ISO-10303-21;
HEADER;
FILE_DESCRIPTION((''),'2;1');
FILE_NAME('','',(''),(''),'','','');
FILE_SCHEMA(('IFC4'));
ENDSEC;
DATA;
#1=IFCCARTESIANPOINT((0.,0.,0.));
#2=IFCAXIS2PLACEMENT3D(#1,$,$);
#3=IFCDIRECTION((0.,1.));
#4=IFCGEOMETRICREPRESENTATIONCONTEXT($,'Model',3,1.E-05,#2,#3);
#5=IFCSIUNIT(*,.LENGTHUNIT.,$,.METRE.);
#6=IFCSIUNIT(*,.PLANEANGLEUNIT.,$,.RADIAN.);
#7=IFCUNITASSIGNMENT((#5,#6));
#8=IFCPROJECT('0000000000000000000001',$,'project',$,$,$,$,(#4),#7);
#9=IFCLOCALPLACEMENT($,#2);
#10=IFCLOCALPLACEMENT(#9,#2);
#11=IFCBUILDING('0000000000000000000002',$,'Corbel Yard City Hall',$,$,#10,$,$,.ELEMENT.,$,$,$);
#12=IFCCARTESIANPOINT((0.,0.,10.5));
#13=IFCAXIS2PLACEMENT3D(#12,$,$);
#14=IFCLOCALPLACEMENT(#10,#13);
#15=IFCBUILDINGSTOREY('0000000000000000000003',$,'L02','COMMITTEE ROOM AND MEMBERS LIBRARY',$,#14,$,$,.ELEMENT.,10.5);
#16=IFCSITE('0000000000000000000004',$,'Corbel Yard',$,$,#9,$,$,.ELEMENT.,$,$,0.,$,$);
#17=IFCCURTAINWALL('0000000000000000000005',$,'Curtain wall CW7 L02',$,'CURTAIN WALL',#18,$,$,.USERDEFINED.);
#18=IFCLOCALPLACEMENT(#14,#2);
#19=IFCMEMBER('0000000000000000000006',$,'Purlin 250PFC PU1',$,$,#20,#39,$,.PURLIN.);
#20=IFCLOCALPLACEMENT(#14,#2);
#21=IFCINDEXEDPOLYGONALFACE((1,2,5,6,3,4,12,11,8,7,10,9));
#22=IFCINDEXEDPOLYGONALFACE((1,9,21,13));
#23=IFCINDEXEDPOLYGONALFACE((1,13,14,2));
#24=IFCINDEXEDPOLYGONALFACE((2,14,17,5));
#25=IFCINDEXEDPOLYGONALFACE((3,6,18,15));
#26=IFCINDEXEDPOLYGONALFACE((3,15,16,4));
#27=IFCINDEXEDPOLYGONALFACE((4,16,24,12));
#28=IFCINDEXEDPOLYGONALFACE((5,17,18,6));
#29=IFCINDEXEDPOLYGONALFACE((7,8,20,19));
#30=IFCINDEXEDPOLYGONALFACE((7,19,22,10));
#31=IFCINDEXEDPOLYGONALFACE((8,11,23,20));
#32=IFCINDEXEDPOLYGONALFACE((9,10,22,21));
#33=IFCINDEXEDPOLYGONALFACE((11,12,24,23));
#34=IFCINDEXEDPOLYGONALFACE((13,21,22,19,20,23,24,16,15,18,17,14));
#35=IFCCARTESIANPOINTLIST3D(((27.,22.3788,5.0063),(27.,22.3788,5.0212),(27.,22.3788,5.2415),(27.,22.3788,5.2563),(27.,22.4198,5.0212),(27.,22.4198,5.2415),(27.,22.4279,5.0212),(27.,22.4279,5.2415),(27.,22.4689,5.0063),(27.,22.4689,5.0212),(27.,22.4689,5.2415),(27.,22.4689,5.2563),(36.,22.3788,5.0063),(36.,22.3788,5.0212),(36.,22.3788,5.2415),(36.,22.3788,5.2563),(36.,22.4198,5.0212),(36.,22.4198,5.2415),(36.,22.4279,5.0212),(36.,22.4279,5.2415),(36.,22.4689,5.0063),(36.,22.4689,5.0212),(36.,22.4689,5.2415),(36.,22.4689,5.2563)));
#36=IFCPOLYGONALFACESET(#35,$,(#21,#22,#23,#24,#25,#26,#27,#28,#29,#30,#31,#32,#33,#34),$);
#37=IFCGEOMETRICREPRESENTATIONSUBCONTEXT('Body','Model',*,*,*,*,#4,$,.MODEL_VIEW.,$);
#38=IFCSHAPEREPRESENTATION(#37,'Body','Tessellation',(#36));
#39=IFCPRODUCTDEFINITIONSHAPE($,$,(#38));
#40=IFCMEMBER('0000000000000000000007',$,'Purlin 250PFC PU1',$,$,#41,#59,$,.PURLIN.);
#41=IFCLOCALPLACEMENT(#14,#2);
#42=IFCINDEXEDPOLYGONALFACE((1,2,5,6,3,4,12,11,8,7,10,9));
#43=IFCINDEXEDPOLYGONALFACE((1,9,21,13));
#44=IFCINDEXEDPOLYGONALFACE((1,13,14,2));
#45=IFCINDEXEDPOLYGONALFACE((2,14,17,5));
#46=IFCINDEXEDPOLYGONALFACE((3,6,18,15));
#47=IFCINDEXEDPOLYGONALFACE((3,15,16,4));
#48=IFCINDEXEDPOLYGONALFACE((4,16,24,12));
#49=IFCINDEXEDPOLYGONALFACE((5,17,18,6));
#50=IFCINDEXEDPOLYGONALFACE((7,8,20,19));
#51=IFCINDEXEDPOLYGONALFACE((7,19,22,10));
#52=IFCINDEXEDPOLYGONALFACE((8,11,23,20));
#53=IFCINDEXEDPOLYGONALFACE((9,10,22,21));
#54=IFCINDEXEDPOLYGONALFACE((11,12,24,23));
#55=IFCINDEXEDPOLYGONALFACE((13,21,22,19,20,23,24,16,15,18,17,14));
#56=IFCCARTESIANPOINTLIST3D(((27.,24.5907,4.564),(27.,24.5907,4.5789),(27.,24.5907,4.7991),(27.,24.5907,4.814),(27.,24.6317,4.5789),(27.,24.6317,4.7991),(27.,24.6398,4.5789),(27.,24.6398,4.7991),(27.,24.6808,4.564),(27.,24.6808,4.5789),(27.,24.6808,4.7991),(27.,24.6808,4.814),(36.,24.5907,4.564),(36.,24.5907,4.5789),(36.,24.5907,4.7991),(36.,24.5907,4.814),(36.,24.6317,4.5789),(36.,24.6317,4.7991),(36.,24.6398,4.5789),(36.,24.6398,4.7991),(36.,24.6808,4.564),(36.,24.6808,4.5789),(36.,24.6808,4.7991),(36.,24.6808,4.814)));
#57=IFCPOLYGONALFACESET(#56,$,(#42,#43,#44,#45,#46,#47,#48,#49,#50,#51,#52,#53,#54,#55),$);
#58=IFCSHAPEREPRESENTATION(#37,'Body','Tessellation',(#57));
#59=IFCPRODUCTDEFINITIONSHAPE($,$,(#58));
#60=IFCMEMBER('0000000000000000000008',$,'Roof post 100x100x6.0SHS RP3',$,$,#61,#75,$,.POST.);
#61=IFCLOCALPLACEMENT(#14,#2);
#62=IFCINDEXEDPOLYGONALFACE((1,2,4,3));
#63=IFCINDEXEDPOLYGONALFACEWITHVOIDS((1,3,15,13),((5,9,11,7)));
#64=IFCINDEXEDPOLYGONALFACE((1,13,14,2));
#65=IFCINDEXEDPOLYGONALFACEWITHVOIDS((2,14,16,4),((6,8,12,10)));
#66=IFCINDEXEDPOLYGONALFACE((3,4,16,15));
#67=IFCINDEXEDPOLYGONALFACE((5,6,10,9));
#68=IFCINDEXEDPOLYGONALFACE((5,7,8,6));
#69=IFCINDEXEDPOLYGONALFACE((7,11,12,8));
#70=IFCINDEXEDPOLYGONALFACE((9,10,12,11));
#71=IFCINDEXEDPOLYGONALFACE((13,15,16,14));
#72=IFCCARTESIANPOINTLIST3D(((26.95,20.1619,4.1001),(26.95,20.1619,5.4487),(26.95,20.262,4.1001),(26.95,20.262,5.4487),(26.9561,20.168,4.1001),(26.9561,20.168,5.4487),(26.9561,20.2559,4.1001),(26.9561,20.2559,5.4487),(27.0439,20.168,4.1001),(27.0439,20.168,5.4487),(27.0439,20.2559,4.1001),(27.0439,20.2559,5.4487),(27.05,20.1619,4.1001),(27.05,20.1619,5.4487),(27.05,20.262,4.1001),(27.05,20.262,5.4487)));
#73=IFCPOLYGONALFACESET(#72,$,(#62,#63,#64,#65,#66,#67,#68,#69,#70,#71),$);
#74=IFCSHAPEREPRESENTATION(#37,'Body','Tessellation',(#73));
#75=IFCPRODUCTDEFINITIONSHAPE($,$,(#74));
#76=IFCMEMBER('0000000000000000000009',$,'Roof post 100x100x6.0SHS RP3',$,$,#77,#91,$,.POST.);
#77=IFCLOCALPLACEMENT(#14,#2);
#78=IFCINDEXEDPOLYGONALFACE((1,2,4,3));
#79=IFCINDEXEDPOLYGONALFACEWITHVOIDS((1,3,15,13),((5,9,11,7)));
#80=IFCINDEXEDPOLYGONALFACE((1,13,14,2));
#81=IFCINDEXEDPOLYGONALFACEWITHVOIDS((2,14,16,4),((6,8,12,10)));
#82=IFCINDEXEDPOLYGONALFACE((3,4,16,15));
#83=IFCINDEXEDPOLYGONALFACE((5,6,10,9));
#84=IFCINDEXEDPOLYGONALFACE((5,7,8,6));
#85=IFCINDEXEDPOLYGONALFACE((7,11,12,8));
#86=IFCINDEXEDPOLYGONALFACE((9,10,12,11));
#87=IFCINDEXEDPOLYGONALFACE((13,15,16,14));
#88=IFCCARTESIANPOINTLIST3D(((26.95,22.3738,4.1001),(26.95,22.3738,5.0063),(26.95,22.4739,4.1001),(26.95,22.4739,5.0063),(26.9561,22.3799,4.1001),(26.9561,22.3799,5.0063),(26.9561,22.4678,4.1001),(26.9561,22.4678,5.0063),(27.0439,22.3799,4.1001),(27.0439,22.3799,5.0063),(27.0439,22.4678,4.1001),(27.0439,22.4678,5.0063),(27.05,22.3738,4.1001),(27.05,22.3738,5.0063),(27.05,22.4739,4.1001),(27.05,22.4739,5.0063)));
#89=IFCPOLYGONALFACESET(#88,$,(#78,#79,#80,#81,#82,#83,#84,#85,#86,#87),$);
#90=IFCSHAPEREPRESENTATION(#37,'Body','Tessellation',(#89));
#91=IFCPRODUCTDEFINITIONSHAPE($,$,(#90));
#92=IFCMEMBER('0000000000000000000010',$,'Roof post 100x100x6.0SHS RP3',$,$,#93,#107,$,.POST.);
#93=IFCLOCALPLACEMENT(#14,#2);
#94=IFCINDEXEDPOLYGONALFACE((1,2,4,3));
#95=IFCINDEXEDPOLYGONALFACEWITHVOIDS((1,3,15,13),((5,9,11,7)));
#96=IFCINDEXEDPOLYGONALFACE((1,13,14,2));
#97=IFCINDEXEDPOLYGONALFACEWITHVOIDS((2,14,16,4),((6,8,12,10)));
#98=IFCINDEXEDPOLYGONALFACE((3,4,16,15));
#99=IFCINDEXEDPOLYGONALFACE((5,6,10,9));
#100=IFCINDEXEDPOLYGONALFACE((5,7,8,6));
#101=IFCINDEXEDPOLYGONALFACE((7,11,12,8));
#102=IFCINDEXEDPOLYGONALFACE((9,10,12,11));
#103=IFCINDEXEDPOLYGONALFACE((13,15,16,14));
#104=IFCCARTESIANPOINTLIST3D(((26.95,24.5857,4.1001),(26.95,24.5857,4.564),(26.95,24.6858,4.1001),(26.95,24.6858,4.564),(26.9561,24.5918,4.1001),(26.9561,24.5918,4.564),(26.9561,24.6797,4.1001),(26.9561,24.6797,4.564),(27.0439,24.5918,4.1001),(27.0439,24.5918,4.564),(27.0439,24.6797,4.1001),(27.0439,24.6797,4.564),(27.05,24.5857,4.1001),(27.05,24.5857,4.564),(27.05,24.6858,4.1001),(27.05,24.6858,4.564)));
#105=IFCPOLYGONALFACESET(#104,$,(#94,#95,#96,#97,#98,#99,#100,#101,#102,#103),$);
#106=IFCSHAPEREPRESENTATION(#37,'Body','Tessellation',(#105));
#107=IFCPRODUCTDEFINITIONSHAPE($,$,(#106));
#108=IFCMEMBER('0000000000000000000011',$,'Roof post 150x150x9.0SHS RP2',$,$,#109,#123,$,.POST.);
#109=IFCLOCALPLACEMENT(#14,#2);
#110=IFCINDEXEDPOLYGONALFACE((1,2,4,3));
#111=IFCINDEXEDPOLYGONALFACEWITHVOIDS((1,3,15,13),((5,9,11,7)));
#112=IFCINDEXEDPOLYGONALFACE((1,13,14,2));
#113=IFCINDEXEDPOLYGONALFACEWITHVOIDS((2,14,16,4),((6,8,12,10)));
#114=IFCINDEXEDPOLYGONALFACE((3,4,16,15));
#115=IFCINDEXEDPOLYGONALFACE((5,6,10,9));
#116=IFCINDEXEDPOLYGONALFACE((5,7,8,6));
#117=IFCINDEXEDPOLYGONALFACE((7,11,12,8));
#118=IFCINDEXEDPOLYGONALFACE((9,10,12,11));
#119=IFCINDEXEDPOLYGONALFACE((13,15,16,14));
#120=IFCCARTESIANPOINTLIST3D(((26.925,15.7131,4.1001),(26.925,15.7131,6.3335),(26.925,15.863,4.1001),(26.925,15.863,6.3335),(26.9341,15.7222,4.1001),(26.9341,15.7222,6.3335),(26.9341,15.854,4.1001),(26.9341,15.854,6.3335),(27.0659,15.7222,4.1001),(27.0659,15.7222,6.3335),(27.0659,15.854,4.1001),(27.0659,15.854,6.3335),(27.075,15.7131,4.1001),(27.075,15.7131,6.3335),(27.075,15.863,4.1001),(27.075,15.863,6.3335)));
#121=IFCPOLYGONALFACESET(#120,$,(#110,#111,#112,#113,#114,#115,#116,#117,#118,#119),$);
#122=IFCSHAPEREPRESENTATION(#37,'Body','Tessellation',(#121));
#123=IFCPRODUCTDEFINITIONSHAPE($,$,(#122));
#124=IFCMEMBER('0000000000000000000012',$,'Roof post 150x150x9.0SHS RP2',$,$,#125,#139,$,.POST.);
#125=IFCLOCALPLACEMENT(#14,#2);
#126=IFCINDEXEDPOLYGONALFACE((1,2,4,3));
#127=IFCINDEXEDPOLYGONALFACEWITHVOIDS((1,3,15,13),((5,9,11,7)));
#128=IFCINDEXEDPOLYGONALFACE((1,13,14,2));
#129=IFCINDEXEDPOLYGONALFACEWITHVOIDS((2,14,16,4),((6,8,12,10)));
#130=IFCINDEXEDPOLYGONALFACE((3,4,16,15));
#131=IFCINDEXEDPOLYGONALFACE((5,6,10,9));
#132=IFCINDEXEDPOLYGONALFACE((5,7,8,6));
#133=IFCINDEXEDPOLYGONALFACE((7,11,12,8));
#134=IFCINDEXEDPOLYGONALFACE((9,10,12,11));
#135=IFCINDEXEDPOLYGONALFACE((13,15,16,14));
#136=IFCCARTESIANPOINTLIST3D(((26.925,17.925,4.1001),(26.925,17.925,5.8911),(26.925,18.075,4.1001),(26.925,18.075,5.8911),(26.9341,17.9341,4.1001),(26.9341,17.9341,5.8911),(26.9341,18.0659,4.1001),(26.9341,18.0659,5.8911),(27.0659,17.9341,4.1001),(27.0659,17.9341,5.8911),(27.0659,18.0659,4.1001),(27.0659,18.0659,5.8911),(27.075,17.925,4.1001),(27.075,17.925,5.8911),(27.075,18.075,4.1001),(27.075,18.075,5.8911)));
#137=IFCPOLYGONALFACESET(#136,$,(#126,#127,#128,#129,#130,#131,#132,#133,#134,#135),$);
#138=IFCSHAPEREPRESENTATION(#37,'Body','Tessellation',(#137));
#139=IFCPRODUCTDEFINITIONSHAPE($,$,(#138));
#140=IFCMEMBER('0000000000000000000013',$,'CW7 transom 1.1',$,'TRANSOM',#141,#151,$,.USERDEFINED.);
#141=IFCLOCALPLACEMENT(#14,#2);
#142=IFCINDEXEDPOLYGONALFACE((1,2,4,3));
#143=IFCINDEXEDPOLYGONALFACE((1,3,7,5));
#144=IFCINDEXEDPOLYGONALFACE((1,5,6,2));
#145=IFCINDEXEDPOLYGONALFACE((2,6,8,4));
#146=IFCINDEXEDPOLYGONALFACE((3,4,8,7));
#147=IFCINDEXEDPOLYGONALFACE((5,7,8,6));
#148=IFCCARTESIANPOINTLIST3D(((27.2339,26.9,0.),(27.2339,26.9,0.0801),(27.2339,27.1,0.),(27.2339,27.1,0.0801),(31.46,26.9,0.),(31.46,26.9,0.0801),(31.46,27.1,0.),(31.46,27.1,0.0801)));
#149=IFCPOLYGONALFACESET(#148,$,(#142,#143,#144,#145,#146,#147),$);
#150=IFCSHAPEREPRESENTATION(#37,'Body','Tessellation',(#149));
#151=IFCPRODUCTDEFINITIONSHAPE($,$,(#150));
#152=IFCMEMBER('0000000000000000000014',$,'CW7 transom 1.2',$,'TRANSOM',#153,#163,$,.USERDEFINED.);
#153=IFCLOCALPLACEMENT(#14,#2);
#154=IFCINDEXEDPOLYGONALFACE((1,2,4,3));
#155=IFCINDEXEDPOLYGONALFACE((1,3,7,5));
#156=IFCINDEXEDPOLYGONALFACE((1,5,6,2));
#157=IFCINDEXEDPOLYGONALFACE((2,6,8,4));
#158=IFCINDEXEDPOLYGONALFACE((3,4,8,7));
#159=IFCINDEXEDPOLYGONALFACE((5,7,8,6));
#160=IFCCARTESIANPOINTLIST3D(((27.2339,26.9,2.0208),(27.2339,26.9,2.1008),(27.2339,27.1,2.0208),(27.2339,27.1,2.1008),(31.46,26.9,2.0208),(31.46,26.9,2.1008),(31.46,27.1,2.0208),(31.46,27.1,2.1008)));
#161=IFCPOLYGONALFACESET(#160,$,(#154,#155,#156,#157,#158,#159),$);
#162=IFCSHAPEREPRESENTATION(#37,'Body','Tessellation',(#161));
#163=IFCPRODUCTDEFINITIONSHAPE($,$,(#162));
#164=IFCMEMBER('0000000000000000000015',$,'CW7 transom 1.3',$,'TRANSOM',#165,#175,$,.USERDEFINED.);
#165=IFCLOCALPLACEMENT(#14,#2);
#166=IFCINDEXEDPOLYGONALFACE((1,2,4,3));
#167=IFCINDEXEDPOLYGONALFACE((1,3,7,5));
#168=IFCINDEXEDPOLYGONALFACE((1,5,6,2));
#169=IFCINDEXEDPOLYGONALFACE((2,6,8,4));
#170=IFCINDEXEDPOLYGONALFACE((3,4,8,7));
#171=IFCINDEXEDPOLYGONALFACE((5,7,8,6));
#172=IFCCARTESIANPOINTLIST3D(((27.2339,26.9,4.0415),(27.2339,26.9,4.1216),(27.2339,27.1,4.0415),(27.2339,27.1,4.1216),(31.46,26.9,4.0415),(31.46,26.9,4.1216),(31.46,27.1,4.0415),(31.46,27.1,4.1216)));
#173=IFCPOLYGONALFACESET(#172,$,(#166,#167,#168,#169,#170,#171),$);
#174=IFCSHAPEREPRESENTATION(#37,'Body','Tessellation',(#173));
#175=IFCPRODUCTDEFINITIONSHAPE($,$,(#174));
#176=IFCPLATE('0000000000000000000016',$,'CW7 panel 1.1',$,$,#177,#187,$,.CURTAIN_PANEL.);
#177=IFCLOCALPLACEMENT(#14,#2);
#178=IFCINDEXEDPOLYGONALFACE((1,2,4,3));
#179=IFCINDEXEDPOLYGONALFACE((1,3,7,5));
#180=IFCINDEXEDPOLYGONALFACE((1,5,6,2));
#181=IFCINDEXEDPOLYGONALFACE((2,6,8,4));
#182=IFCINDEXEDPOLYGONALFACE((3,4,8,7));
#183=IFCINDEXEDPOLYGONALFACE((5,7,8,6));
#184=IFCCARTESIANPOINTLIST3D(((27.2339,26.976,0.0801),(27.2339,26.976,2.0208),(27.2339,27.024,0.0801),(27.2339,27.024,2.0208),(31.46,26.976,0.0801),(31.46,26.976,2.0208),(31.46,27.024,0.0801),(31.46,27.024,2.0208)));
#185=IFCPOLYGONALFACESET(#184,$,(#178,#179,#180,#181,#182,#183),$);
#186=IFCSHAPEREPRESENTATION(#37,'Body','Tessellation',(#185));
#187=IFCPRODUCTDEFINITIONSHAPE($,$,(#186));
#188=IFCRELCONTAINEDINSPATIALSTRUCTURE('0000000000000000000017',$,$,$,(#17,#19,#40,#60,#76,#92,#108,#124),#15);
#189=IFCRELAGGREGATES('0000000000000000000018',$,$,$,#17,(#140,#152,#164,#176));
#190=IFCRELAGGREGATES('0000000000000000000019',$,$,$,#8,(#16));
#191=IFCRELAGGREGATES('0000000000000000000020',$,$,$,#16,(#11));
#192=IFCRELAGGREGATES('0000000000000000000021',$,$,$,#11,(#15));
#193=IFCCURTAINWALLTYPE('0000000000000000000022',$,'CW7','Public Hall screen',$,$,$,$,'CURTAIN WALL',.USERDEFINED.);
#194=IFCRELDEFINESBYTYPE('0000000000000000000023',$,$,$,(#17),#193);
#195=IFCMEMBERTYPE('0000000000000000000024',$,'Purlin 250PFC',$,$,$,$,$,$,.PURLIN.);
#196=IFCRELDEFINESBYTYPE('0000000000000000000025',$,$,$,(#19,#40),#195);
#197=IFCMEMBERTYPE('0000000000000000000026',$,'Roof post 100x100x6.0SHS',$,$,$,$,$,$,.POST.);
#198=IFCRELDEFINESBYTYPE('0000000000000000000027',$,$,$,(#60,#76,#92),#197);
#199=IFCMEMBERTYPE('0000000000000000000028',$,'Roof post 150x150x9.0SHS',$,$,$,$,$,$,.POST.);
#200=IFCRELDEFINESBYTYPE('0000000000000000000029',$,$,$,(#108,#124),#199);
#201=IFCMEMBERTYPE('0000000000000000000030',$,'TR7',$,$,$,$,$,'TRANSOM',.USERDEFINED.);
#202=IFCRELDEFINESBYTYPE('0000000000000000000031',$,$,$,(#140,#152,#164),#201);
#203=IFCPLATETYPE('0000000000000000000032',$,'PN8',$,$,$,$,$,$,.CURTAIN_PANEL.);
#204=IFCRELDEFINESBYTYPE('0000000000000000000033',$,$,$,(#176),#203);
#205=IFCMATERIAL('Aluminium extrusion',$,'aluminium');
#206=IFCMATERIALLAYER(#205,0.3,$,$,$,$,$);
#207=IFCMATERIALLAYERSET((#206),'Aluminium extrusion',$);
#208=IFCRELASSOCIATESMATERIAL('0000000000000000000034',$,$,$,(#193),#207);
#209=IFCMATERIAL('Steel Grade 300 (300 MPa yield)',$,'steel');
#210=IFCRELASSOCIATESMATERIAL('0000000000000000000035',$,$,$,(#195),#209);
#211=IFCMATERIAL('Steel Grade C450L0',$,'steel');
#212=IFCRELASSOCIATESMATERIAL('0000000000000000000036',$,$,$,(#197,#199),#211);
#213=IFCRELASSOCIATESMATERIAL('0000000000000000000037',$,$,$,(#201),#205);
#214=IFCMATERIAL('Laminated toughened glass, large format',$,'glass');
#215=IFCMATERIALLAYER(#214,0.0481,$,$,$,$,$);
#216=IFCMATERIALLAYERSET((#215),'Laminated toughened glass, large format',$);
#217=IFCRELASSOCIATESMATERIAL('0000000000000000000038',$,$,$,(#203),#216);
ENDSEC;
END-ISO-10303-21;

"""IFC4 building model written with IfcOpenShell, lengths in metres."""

from ifc_helpers import new_model, si_unit, direction, frame, origin, origin_2d, place, context, subcontext, project, spatial, rectangle, hollow_rectangle, i_section, extrude, material, layer, layer_set, material_profile, profile_set, type_object, element, aggregate, save


model = new_model("IFC4")

# Units and contexts
model_context = context("Model", 3, precision=1e-05, world=origin(), true_north=direction((0.0, 1.0)))
body_context = subcontext(model_context, "Body", "Model", "MODEL_VIEW")
ifc_project = project(units=[si_unit("LENGTHUNIT", "METRE"), si_unit("PLANEANGLEUNIT", "RADIAN")], contexts=[model_context])

# Site, building, storey
site_placement = place(None, origin())
site = spatial("IfcSite", under=ifc_project, at=site_placement, Name="Corbel Yard", CompositionType="ELEMENT", RefElevation=0.0)
building_placement = place(site_placement, origin())
building = spatial("IfcBuilding", under=site, at=building_placement, Name="Corbel Yard City Hall", CompositionType="ELEMENT")
storey_placement = place(building_placement, frame((0.0, 0.0, 10.5)))
storey = spatial("IfcBuildingStorey", under=building, at=storey_placement, Name="L02", Description="COMMITTEE ROOM AND MEMBERS LIBRARY", CompositionType="ELEMENT", Elevation=10.5)

# Shared definitions
ifc_material_1 = material(Name="Steel Grade 300 (300 MPa yield)", Category="steel")

# Curtain wall
ifc_material_2 = material(Name="Aluminium extrusion", Category="aluminium")
ifc_layer_1 = layer(ifc_material_2, 0.3)
ifc_layer_set_1 = layer_set([ifc_layer_1], Name="Aluminium extrusion")
curtain_wall_type = type_object("IfcCurtainWallType", Name="CW7", Description="Public Hall screen", ElementType="CURTAIN WALL", PredefinedType="USERDEFINED", material=ifc_layer_set_1)
curtain_wall_placement = place(storey_placement, origin())
curtain_wall = element("IfcCurtainWall", 1, at=curtain_wall_placement, inside=storey, type_object=curtain_wall_type, Name="Curtain wall CW7 L02", ObjectType="CURTAIN WALL", PredefinedType="USERDEFINED")

# Members
ifc_material_profile_1 = material_profile(ifc_material_1, i_section(OverallWidth=0.0901, OverallDepth=0.25, WebThickness=0.0081, FlangeThickness=0.0149, at=origin_2d()), Name="250PFC")
ifc_profile_set_1 = profile_set([ifc_material_profile_1], Name="Steel Grade 300 (300 MPa yield)")
member_type_1 = type_object("IfcMemberType", Name="Purlin 250PFC", PredefinedType="PURLIN", material=ifc_profile_set_1)
for number, where, z_axis, x_axis, name in (
    (2, (27.0, 22.4238, 5.1313), (1.0, 0.0, 0.0), (0.0, 1.0, 0.0), "Purlin 250PFC PU1"),
    (3, (27.0, 24.6357, 4.689), (1.0, 0.0, 0.0), (0.0, 1.0, 0.0), "Purlin 250PFC PU1"),
):
    element("IfcMember", number, at=place(storey_placement, frame(where, z_axis=z_axis, x_axis=x_axis)), inside=storey, type_object=member_type_1, Name=name, PredefinedType="PURLIN", context=body_context, shape_type="SweptSolid", body=[
        extrude(i_section(OverallWidth=0.0901, OverallDepth=0.25, WebThickness=0.0081, FlangeThickness=0.0149, at=origin_2d()), origin(), (0.0, 0.0, 1.0), 9.0),
    ])
ifc_material_3 = material(Name="Steel Grade C450L0", Category="steel")
ifc_material_profile_2 = material_profile(ifc_material_3, hollow_rectangle(XDim=0.1001, YDim=0.1001, WallThickness=0.0061, at=origin_2d()), Name="100x100x6.0SHS")
ifc_profile_set_2 = profile_set([ifc_material_profile_2], Name="Steel Grade C450L0")
member_type_2 = type_object("IfcMemberType", Name="Roof post 100x100x6.0SHS", PredefinedType="POST", material=ifc_profile_set_2)
member_1_placement = place(storey_placement, frame((27.0, 20.2119, 4.1001), z_axis=(0.0, 0.0, 1.0), x_axis=(1.0, 0.0, 0.0)))
element("IfcMember", 4, at=member_1_placement, inside=storey, type_object=member_type_2, Name="Roof post 100x100x6.0SHS RP3", PredefinedType="POST", context=body_context, shape_type="SweptSolid", body=[
    extrude(hollow_rectangle(XDim=0.1001, YDim=0.1001, WallThickness=0.0061, at=origin_2d()), origin(), (0.0, 0.0, 1.0), 1.3486),
])
member_2_placement = place(storey_placement, frame((27.0, 22.4238, 4.1001), z_axis=(0.0, 0.0, 1.0), x_axis=(1.0, 0.0, 0.0)))
element("IfcMember", 5, at=member_2_placement, inside=storey, type_object=member_type_2, Name="Roof post 100x100x6.0SHS RP3", PredefinedType="POST", context=body_context, shape_type="SweptSolid", body=[
    extrude(hollow_rectangle(XDim=0.1001, YDim=0.1001, WallThickness=0.0061, at=origin_2d()), origin(), (0.0, 0.0, 1.0), 0.9062),
])
member_3_placement = place(storey_placement, frame((27.0, 24.6357, 4.1001), z_axis=(0.0, 0.0, 1.0), x_axis=(1.0, 0.0, 0.0)))
element("IfcMember", 6, at=member_3_placement, inside=storey, type_object=member_type_2, Name="Roof post 100x100x6.0SHS RP3", PredefinedType="POST", context=body_context, shape_type="SweptSolid", body=[
    extrude(hollow_rectangle(XDim=0.1001, YDim=0.1001, WallThickness=0.0061, at=origin_2d()), origin(), (0.0, 0.0, 1.0), 0.4639),
])
ifc_material_profile_3 = material_profile(ifc_material_3, hollow_rectangle(XDim=0.1499, YDim=0.1499, WallThickness=0.009, at=origin_2d()), Name="150x150x9.0SHS")
ifc_profile_set_3 = profile_set([ifc_material_profile_3], Name="Steel Grade C450L0")
member_type_3 = type_object("IfcMemberType", Name="Roof post 150x150x9.0SHS", PredefinedType="POST", material=ifc_profile_set_3)
member_4_placement = place(storey_placement, frame((27.0, 15.7881, 4.1001), z_axis=(0.0, 0.0, 1.0), x_axis=(1.0, 0.0, 0.0)))
element("IfcMember", 7, at=member_4_placement, inside=storey, type_object=member_type_3, Name="Roof post 150x150x9.0SHS RP2", PredefinedType="POST", context=body_context, shape_type="SweptSolid", body=[
    extrude(hollow_rectangle(XDim=0.1499, YDim=0.1499, WallThickness=0.009, at=origin_2d()), origin(), (0.0, 0.0, 1.0), 2.2334),
])
member_5_placement = place(storey_placement, frame((27.0, 18.0, 4.1001), z_axis=(0.0, 0.0, 1.0), x_axis=(1.0, 0.0, 0.0)))
element("IfcMember", 8, at=member_5_placement, inside=storey, type_object=member_type_3, Name="Roof post 150x150x9.0SHS RP2", PredefinedType="POST", context=body_context, shape_type="SweptSolid", body=[
    extrude(hollow_rectangle(XDim=0.1499, YDim=0.1499, WallThickness=0.009, at=origin_2d()), origin(), (0.0, 0.0, 1.0), 1.791),
])

# Members
ifc_material_profile_4 = material_profile(ifc_material_2, rectangle(XDim=0.2, YDim=0.0801, at=origin_2d()), Name="200x80")
ifc_profile_set_4 = profile_set([ifc_material_profile_4], Name="Aluminium extrusion")
member_type_4 = type_object("IfcMemberType", Name="TR7", ElementType="TRANSOM", PredefinedType="USERDEFINED", material=ifc_profile_set_4)
member_6_placement = place(storey_placement, frame((27.2339, 27.0, 0.04), z_axis=(1.0, 0.0, 0.0), x_axis=(0.0, 1.0, 0.0)))
member_6 = element("IfcMember", 9, at=member_6_placement, type_object=member_type_4, Name="CW7 transom 1.1", ObjectType="TRANSOM", PredefinedType="USERDEFINED", context=body_context, shape_type="SweptSolid", body=[
    extrude(rectangle(XDim=0.2, YDim=0.0801, at=origin_2d()), origin(), (0.0, 0.0, 1.0), 4.2261),
])
member_7_placement = place(storey_placement, frame((27.2339, 27.0, 2.0608), z_axis=(1.0, 0.0, 0.0), x_axis=(0.0, 1.0, 0.0)))
member_7 = element("IfcMember", 10, at=member_7_placement, type_object=member_type_4, Name="CW7 transom 1.2", ObjectType="TRANSOM", PredefinedType="USERDEFINED", context=body_context, shape_type="SweptSolid", body=[
    extrude(rectangle(XDim=0.2, YDim=0.0801, at=origin_2d()), origin(), (0.0, 0.0, 1.0), 4.2261),
])
member_8_placement = place(storey_placement, frame((27.2339, 27.0, 4.0815), z_axis=(1.0, 0.0, 0.0), x_axis=(0.0, 1.0, 0.0)))
member_8 = element("IfcMember", 11, at=member_8_placement, type_object=member_type_4, Name="CW7 transom 1.3", ObjectType="TRANSOM", PredefinedType="USERDEFINED", context=body_context, shape_type="SweptSolid", body=[
    extrude(rectangle(XDim=0.2, YDim=0.0801, at=origin_2d()), origin(), (0.0, 0.0, 1.0), 4.2261),
])

# Plate
ifc_material_4 = material(Name="Laminated toughened glass, large format", Category="glass")
ifc_layer_2 = layer(ifc_material_4, 0.0481)
ifc_layer_set_2 = layer_set([ifc_layer_2], Name="Laminated toughened glass, large format")
plate_type_1 = type_object("IfcPlateType", Name="PN8", PredefinedType="CURTAIN_PANEL", material=ifc_layer_set_2)
plate_1_placement = place(storey_placement, frame((29.3469, 27.0, 0.0801), z_axis=(0.0, 0.0, 1.0), x_axis=(1.0, 0.0, 0.0)))
plate_1 = element("IfcPlate", 12, at=plate_1_placement, type_object=plate_type_1, Name="CW7 panel 1.1", PredefinedType="CURTAIN_PANEL", context=body_context, shape_type="SweptSolid", body=[
    extrude(rectangle(XDim=4.2261, YDim=0.0481, at=origin_2d()), origin(), (0.0, 0.0, 1.0), 1.9407),
])
aggregate(curtain_wall, [member_6, member_7, member_8, plate_1])

save(model, "model.ifc")
